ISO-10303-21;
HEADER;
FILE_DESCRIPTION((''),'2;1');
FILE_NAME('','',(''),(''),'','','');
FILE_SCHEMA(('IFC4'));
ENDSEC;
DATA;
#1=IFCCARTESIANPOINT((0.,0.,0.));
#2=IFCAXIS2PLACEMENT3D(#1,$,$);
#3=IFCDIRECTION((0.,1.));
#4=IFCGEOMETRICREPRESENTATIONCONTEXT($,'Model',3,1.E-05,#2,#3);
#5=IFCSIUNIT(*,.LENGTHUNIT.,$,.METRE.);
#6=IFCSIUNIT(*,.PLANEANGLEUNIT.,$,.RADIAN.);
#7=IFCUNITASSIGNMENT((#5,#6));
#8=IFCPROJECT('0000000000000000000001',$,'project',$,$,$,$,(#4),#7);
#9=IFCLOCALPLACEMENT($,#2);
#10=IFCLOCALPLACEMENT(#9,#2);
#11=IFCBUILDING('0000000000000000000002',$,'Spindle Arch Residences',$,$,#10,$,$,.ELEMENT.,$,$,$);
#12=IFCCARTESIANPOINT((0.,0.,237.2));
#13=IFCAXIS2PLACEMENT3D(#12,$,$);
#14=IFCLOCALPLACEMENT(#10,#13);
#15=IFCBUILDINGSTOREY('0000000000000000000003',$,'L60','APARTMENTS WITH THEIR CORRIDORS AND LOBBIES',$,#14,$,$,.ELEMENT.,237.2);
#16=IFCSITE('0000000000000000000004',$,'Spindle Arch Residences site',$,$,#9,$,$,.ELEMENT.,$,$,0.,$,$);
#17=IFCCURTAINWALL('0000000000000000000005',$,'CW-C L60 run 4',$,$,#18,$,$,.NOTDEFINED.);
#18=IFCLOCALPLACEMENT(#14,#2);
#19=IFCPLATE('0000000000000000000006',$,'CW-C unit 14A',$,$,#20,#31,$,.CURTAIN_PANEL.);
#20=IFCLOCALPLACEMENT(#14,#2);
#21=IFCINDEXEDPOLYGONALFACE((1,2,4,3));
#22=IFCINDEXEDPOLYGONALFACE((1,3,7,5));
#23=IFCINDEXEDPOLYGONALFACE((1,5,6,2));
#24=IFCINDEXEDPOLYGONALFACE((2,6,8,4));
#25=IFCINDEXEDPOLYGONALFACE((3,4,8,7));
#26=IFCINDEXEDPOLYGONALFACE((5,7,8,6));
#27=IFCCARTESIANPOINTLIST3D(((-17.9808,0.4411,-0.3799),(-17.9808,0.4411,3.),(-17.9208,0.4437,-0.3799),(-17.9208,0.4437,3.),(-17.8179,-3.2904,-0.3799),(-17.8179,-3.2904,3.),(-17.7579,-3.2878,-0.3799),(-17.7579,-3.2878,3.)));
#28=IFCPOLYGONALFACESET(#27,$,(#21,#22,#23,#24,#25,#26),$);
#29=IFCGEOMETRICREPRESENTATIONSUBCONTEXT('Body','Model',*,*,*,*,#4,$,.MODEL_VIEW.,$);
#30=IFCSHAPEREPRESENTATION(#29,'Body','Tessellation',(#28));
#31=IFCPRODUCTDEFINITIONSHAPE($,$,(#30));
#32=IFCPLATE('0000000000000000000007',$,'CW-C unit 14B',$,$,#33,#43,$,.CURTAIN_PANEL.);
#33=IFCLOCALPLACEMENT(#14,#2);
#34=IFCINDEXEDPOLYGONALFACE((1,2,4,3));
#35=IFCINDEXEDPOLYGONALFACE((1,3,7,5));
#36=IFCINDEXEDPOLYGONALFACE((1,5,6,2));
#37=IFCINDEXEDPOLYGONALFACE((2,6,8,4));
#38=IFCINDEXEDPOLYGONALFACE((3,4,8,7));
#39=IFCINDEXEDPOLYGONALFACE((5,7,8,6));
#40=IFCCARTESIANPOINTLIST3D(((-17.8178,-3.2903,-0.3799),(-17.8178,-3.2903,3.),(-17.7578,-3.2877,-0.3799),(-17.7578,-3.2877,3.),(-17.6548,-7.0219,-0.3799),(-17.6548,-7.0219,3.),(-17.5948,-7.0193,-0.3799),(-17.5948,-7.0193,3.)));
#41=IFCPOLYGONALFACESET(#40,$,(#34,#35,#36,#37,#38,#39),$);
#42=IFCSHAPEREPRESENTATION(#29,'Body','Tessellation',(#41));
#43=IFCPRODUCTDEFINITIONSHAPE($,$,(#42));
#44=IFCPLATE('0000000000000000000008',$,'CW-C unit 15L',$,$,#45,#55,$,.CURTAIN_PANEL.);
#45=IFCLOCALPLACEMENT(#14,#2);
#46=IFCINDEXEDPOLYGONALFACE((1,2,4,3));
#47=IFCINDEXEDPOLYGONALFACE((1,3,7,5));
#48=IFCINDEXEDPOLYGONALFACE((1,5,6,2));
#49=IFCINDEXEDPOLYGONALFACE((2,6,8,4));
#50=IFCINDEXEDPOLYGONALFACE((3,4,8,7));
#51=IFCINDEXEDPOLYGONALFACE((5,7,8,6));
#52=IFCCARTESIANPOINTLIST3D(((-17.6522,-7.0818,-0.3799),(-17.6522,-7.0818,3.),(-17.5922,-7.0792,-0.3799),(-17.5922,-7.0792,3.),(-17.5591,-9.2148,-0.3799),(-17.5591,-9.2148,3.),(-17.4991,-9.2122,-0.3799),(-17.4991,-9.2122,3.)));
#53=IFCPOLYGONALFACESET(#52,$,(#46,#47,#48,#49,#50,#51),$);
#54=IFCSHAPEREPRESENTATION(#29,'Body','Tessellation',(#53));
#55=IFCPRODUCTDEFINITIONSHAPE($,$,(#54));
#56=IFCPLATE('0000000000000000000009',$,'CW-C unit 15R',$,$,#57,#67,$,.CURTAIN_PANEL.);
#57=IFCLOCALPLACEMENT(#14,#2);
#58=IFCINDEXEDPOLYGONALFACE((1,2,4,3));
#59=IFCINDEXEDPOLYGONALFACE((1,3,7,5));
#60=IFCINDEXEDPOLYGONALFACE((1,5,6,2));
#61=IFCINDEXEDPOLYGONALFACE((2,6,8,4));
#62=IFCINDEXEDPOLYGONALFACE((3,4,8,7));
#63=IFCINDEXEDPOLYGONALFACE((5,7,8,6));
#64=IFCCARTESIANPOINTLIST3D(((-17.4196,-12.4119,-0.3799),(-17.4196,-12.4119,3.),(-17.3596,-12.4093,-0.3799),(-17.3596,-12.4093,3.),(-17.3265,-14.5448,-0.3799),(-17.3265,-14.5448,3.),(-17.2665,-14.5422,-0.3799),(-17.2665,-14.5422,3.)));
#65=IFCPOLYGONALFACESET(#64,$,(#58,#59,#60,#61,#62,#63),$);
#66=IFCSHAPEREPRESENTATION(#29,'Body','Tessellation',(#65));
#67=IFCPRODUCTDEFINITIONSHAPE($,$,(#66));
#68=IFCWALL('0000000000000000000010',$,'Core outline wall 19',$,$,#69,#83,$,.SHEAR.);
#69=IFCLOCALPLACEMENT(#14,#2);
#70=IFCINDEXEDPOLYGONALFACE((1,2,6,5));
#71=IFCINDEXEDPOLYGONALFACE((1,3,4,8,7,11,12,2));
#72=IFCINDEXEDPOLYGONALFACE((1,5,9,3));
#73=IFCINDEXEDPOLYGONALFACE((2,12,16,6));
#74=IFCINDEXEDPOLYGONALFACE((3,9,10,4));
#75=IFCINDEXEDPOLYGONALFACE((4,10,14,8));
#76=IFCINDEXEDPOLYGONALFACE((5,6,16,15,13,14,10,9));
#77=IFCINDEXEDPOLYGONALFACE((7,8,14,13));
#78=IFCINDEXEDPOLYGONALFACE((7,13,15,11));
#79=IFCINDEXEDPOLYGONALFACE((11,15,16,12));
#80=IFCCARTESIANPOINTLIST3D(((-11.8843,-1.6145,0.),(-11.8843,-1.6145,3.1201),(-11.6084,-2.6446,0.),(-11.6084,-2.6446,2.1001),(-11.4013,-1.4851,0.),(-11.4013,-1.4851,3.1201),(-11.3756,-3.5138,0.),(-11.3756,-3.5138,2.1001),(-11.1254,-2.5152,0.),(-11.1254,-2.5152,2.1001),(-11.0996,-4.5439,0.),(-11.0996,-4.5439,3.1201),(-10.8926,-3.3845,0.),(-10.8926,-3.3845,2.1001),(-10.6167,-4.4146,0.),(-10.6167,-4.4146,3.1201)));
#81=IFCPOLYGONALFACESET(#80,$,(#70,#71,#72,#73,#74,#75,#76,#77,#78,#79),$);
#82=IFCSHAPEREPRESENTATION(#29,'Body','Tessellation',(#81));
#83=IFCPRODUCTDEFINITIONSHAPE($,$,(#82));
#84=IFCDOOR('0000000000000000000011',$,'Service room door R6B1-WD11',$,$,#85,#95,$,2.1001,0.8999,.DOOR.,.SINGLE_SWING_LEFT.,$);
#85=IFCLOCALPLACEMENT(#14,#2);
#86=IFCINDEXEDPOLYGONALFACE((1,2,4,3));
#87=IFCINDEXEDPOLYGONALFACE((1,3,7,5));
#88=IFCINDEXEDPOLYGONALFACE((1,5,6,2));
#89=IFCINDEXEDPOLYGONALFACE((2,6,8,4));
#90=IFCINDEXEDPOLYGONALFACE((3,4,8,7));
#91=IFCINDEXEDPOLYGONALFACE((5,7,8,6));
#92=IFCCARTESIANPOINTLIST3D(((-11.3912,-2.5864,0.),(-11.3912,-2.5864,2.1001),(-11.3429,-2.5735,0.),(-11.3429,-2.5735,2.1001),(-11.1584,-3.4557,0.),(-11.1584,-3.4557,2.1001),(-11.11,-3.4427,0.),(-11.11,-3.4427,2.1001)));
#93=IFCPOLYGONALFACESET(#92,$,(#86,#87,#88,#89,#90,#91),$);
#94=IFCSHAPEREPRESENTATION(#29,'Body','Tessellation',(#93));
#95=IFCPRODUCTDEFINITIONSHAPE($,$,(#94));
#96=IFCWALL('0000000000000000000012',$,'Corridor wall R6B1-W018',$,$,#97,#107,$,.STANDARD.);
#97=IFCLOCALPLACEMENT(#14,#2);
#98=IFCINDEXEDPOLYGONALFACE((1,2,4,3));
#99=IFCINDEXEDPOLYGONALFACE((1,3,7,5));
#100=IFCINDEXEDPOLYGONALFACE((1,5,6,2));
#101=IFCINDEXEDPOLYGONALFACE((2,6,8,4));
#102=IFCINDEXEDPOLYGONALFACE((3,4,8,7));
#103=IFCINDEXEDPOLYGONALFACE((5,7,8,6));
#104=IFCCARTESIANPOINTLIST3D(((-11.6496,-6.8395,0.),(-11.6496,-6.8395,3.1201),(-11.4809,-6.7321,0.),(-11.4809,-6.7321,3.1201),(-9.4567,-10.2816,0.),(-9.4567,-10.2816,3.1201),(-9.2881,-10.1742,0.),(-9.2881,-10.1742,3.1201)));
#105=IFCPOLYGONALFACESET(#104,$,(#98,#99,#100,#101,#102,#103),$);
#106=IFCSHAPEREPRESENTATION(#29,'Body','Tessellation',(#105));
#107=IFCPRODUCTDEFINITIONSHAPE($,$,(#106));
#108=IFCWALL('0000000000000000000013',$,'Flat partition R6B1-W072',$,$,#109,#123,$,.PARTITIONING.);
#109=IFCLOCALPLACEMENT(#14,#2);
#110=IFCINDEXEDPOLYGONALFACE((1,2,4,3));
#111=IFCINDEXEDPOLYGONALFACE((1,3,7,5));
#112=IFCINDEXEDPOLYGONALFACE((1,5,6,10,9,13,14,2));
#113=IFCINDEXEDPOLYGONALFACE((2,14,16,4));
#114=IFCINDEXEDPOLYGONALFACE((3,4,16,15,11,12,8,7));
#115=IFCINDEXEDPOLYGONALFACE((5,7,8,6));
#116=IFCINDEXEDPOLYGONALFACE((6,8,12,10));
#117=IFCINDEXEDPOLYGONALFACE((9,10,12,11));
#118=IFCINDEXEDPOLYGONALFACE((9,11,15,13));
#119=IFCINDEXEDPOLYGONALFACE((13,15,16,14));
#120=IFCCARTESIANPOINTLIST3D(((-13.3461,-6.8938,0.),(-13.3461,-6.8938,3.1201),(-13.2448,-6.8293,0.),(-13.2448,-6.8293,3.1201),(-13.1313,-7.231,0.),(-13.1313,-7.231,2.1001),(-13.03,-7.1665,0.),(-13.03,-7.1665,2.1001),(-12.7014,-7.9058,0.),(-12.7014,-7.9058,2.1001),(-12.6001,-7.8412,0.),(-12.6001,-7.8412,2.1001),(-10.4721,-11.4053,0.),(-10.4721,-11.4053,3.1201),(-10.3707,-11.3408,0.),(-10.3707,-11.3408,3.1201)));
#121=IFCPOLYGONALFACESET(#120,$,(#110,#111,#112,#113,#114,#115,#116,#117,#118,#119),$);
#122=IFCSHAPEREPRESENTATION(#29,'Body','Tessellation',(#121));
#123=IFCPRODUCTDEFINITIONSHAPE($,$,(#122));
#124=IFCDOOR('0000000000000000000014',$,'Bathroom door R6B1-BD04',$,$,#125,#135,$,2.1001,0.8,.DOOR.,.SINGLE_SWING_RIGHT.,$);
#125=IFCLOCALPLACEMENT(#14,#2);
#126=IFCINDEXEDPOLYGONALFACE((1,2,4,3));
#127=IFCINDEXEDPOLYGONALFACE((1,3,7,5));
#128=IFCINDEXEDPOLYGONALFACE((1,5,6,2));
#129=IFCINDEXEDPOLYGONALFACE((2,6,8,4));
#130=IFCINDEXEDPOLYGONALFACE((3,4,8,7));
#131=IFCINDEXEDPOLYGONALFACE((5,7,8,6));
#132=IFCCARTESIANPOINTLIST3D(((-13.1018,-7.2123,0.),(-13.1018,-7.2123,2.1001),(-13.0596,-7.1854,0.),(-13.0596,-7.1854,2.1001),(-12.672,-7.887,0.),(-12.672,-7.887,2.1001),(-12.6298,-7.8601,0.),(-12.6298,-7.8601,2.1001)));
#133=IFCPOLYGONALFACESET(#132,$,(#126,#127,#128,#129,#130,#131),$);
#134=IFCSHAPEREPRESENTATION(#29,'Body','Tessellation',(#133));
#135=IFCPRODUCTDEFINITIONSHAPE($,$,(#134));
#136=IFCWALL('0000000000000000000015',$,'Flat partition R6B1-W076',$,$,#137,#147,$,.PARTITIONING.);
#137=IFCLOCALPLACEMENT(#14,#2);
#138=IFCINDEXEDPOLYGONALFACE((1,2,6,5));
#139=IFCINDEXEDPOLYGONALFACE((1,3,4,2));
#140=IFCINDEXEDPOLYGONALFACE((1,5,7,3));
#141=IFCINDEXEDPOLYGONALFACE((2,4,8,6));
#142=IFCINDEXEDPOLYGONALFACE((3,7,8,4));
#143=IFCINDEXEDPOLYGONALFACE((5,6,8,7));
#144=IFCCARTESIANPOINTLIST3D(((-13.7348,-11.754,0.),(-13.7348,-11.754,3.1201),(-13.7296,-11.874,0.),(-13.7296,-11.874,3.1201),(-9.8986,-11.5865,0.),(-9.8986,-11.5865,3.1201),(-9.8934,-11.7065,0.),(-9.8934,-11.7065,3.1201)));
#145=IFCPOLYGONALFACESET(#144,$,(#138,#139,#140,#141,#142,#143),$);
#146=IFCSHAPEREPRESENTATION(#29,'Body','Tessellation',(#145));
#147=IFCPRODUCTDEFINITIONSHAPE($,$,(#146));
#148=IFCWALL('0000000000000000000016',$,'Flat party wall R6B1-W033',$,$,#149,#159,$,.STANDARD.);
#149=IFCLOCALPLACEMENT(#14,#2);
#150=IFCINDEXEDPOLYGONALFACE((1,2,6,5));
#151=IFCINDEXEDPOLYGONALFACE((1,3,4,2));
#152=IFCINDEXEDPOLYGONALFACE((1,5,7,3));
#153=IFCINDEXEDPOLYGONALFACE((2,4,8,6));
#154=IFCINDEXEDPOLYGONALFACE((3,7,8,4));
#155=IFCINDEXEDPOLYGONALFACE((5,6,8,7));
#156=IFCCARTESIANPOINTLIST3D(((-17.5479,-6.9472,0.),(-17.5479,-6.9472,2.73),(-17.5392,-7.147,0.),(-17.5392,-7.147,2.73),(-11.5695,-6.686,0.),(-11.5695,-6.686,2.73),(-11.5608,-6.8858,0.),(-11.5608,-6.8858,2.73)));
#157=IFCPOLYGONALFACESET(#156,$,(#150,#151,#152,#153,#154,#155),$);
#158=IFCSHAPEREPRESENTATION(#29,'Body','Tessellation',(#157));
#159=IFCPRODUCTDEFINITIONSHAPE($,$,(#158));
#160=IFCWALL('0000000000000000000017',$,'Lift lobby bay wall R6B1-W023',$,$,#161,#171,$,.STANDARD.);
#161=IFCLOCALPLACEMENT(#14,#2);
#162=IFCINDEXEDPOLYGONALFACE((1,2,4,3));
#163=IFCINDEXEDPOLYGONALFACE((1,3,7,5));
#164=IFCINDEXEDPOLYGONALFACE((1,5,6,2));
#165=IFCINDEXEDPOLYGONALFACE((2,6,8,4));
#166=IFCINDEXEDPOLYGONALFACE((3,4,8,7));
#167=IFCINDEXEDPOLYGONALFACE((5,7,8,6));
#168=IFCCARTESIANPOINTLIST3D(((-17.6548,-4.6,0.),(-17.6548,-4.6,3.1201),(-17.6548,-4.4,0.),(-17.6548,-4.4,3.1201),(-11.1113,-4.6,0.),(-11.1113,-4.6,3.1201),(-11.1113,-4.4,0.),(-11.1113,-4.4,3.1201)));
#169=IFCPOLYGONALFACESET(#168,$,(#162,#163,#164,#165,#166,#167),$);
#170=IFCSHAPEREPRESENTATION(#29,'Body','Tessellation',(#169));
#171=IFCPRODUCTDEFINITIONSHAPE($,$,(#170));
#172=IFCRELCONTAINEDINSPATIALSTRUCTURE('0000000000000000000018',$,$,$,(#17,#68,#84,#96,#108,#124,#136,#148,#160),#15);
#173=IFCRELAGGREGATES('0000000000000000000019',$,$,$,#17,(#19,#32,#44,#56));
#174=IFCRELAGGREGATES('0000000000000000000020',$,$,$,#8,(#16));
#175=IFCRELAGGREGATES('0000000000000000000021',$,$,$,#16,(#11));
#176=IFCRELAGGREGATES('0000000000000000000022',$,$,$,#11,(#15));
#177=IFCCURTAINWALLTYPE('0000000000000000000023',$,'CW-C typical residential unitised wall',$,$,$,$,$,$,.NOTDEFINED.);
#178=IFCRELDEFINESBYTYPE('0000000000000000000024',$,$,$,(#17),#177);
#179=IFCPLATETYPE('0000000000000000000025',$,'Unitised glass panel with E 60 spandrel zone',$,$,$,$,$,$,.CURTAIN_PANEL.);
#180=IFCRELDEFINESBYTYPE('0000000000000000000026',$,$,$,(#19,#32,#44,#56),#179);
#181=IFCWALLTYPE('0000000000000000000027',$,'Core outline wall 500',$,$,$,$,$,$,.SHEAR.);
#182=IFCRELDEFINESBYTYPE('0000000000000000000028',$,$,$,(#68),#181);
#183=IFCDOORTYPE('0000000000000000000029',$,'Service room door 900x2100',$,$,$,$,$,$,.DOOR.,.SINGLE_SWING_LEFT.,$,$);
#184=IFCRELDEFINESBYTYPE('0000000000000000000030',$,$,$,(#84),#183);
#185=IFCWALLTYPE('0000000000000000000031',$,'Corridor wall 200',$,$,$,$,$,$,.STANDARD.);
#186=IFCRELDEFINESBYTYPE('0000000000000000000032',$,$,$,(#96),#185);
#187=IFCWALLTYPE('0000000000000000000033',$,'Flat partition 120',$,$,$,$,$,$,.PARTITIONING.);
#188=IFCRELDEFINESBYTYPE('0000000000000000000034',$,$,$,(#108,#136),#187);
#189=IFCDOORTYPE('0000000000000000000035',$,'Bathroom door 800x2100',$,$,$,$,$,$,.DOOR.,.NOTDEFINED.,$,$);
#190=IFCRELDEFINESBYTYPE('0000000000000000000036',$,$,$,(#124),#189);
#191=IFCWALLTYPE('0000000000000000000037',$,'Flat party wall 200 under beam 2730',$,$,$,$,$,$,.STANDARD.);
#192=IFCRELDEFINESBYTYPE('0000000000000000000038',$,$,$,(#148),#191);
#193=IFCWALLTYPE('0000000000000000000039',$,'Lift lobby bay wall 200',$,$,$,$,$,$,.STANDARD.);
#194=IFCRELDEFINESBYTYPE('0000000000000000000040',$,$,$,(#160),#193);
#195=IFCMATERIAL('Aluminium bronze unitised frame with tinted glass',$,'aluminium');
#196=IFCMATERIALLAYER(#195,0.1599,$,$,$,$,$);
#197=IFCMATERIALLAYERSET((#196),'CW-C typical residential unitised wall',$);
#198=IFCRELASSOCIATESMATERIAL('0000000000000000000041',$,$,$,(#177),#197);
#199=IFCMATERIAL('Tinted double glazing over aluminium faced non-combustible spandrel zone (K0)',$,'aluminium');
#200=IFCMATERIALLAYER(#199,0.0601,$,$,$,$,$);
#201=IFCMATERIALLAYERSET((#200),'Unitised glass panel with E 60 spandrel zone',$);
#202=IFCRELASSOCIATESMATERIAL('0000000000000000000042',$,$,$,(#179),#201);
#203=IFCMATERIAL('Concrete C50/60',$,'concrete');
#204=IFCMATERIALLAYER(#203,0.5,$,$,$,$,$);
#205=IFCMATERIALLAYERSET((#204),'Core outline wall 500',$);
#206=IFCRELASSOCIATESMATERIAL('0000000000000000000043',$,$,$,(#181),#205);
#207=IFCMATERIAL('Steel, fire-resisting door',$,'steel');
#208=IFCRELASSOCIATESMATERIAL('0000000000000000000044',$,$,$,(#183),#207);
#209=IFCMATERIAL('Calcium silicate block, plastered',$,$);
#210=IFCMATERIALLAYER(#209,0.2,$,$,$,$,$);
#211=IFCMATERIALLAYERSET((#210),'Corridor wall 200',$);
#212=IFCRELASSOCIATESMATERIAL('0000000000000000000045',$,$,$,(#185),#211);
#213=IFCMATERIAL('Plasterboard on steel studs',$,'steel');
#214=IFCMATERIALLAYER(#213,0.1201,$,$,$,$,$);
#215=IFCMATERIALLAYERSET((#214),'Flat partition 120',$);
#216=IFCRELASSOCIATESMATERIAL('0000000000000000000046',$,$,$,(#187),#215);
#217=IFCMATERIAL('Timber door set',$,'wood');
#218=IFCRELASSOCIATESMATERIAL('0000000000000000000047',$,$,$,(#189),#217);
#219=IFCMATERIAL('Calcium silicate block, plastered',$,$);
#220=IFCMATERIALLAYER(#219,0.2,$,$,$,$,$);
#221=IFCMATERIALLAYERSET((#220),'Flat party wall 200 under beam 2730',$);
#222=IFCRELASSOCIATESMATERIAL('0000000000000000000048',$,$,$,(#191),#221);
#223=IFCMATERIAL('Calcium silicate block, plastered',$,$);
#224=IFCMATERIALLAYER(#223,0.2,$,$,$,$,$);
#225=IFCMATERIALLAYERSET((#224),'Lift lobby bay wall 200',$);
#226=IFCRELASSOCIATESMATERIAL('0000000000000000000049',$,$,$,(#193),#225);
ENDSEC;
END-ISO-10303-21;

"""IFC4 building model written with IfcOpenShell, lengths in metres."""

from ifc_helpers import new_model, si_unit, direction, frame, frame_2d, origin, origin_2d, place, context, subcontext, project, spatial, rectangle, extrude, material, layer, layer_set, type_object, element, fill, aggregate, save


model = new_model("IFC4")

# Units and contexts
model_context = context("Model", 3, precision=1e-05, world=origin(), true_north=direction((0.0, 1.0)))
body_context = subcontext(model_context, "Body", "Model", "MODEL_VIEW")
ifc_project = project(units=[si_unit("LENGTHUNIT", "METRE"), si_unit("PLANEANGLEUNIT", "RADIAN")], contexts=[model_context])

# Site, building, storey
site_placement = place(None, origin())
site = spatial("IfcSite", under=ifc_project, at=site_placement, Name="Spindle Arch Residences site", CompositionType="ELEMENT", RefElevation=0.0)
building_placement = place(site_placement, origin())
building = spatial("IfcBuilding", under=site, at=building_placement, Name="Spindle Arch Residences", CompositionType="ELEMENT")
storey_placement = place(building_placement, frame((0.0, 0.0, 237.2)))
storey = spatial("IfcBuildingStorey", under=building, at=storey_placement, Name="L60", Description="APARTMENTS WITH THEIR CORRIDORS AND LOBBIES", CompositionType="ELEMENT", Elevation=237.2)

# Curtain wall
ifc_material_1 = material(Name="Aluminium bronze unitised frame with tinted glass", Category="aluminium")
ifc_layer_1 = layer(ifc_material_1, 0.1599)
ifc_layer_set_1 = layer_set([ifc_layer_1], Name="CW-C typical residential unitised wall")
curtain_wall_type_1 = type_object("IfcCurtainWallType", Name="CW-C typical residential unitised wall", PredefinedType="NOTDEFINED", material=ifc_layer_set_1)
curtain_wall_1_placement = place(storey_placement, origin())
curtain_wall_1 = element("IfcCurtainWall", 1, at=curtain_wall_1_placement, inside=storey, type_object=curtain_wall_type_1, Name="CW-C L60 run 4", PredefinedType="NOTDEFINED")

# Plates
ifc_material_2 = material(Name="Tinted double glazing over aluminium faced non-combustible spandrel zone (K0)", Category="aluminium")
ifc_layer_2 = layer(ifc_material_2, 0.0601)
ifc_layer_set_2 = layer_set([ifc_layer_2], Name="Unitised glass panel with E 60 spandrel zone")
plate_type = type_object("IfcPlateType", Name="Unitised glass panel with E 60 spandrel zone", PredefinedType="CURTAIN_PANEL", material=ifc_layer_set_2)
plate_1_placement = place(storey_placement, frame((-17.8694, -1.4233, -0.3799), z_axis=(0.0, 0.0, 1.0), x_axis=(0.043619, -0.999048, 0.0)))
plate_1 = element("IfcPlate", 2, at=plate_1_placement, type_object=plate_type, Name="CW-C unit 14A", PredefinedType="CURTAIN_PANEL", context=body_context, shape_type="SweptSolid", body=[
    extrude(rectangle(XDim=3.7351, YDim=0.0601, at=origin_2d()), origin(), (0.0, 0.0, 1.0), 3.3799),
])
plate_2_placement = place(storey_placement, frame((-17.7063, -5.1548, -0.3799), z_axis=(0.0, 0.0, 1.0), x_axis=(0.043619, -0.999048, 0.0)))
plate_2 = element("IfcPlate", 3, at=plate_2_placement, type_object=plate_type, Name="CW-C unit 14B", PredefinedType="CURTAIN_PANEL", context=body_context, shape_type="SweptSolid", body=[
    extrude(rectangle(XDim=3.7351, YDim=0.0601, at=origin_2d()), origin(), (0.0, 0.0, 1.0), 3.3799),
])
plate_3_placement = place(storey_placement, frame((-17.5757, -8.147, -0.3799), z_axis=(0.0, 0.0, 1.0), x_axis=(0.043619, -0.999048, 0.0)))
plate_3 = element("IfcPlate", 4, at=plate_3_placement, type_object=plate_type, Name="CW-C unit 15L", PredefinedType="CURTAIN_PANEL", context=body_context, shape_type="SweptSolid", body=[
    extrude(rectangle(XDim=2.135, YDim=0.0601, at=origin_2d()), origin(), (0.0, 0.0, 1.0), 3.3799),
])
plate_4_placement = place(storey_placement, frame((-17.343, -13.4771, -0.3799), z_axis=(0.0, 0.0, 1.0), x_axis=(0.043619, -0.999048, 0.0)))
plate_4 = element("IfcPlate", 5, at=plate_4_placement, type_object=plate_type, Name="CW-C unit 15R", PredefinedType="CURTAIN_PANEL", context=body_context, shape_type="SweptSolid", body=[
    extrude(rectangle(XDim=2.135, YDim=0.0601, at=origin_2d()), origin(), (0.0, 0.0, 1.0), 3.3799),
])
aggregate(curtain_wall_1, [plate_1, plate_2, plate_3, plate_4])

# Wall, opening, door
ifc_material_3 = material(Name="Concrete C50/60", Category="concrete")
ifc_layer_3 = layer(ifc_material_3, 0.5)
ifc_layer_set_3 = layer_set([ifc_layer_3], Name="Core outline wall 500")
wall_type_1 = type_object("IfcWallType", Name="Core outline wall 500", PredefinedType="SHEAR", material=ifc_layer_set_3)
wall_1_placement = place(storey_placement, frame((-11.6428, -1.5498, 0.0), z_axis=(0.0, 0.0, 1.0), x_axis=(0.258735, -0.965948, 0.0)))
wall_1 = element("IfcWall", 6, at=wall_1_placement, inside=storey, type_object=wall_type_1, Name="Core outline wall 19", PredefinedType="SHEAR", context=body_context, shape_type="SweptSolid", body=[
    extrude(rectangle(XDim=3.0327, YDim=0.5, at=frame_2d((1.5164, 0.0))), origin(), (0.0, 0.0, 1.0), 3.1201),
])
opening_1_placement = place(wall_1_placement, frame((1.0664, 0.0, 0.0)))
opening_1 = element("IfcOpeningElement", 7, at=opening_1_placement, cuts=wall_1, PredefinedType="OPENING", context=body_context, shape_type="SweptSolid", body=[
    extrude(rectangle(XDim=0.8999, YDim=2.1001, at=frame_2d((0.45, 1.05))), frame((0.0, 0.26, 0.0), z_axis=(0.0, -1.0, 0.0), x_axis=(1.0, 0.0, 0.0)), (0.0, 0.0, 1.0), 0.52),
])
ifc_material_4 = material(Name="Steel, fire-resisting door", Category="steel")
door_type_1 = type_object("IfcDoorType", Name="Service room door 900x2100", OperationType="SINGLE_SWING_LEFT", PredefinedType="DOOR", material=ifc_material_4)
door_1_placement = place(opening_1_placement, origin())
door_1 = element("IfcDoor", 8, at=door_1_placement, inside=storey, type_object=door_type_1, Name="Service room door R6B1-WD11", OperationType="SINGLE_SWING_LEFT", OverallHeight=2.1001, OverallWidth=0.8999, PredefinedType="DOOR", context=body_context, shape_type="SweptSolid", body=[
    extrude(rectangle(XDim=0.8999, YDim=2.1001, at=frame_2d((0.45, 1.05))), frame((0.0, 0.0249, 0.0), z_axis=(0.0, -1.0, 0.0), x_axis=(1.0, 0.0, 0.0)), (0.0, 0.0, 1.0), 0.05),
])
fill(opening_1, door_1)

# Wall
ifc_material_5 = material(Name="Calcium silicate block, plastered")
ifc_layer_4 = layer(ifc_material_5, 0.2)
ifc_layer_set_4 = layer_set([ifc_layer_4], Name="Corridor wall 200")
wall_type_2 = type_object("IfcWallType", Name="Corridor wall 200", PredefinedType="STANDARD", material=ifc_layer_set_4)
wall_2_placement = place(storey_placement, frame((-11.5652, -6.7859, 0.0), z_axis=(0.0, 0.0, 1.0), x_axis=(0.537297, -0.843393, 0.0)))
element("IfcWall", 9, at=wall_2_placement, inside=storey, type_object=wall_type_2, Name="Corridor wall R6B1-W018", PredefinedType="STANDARD", context=body_context, shape_type="SweptSolid", body=[
    extrude(rectangle(XDim=4.0813, YDim=0.2, at=frame_2d((2.0405, 0.0))), origin(), (0.0, 0.0, 1.0), 3.1201),
])

# Wall, opening, door
ifc_material_6 = material(Name="Plasterboard on steel studs", Category="steel")
ifc_layer_5 = layer(ifc_material_6, 0.1201)
ifc_layer_set_5 = layer_set([ifc_layer_5], Name="Flat partition 120")
wall_type_3 = type_object("IfcWallType", Name="Flat partition 120", PredefinedType="PARTITIONING", material=ifc_layer_set_5)
wall_3_placement = place(storey_placement, frame((-13.2954, -6.8616, 0.0), z_axis=(0.0, 0.0, 1.0), x_axis=(0.537286, -0.8434, 0.0)))
wall_3 = element("IfcWall", 10, at=wall_3_placement, inside=storey, type_object=wall_type_3, Name="Flat partition R6B1-W072", PredefinedType="PARTITIONING", context=body_context, shape_type="SweptSolid", body=[
    extrude(rectangle(XDim=5.3491, YDim=0.1201, at=frame_2d((2.6746, 0.0))), origin(), (0.0, 0.0, 1.0), 3.1201),
])
opening_2_placement = place(wall_3_placement, frame((0.3999, 0.0, 0.0)))
opening_2 = element("IfcOpeningElement", 11, at=opening_2_placement, cuts=wall_3, PredefinedType="OPENING", context=body_context, shape_type="SweptSolid", body=[
    extrude(rectangle(XDim=0.8, YDim=2.1001, at=frame_2d((0.3999, 1.05))), frame((0.0, 0.0701, 0.0), z_axis=(0.0, -1.0, 0.0), x_axis=(1.0, 0.0, 0.0)), (0.0, 0.0, 1.0), 0.1401),
])
ifc_material_7 = material(Name="Timber door set", Category="wood")
door_type_2 = type_object("IfcDoorType", Name="Bathroom door 800x2100", OperationType="NOTDEFINED", PredefinedType="DOOR", material=ifc_material_7)
door_2_placement = place(opening_2_placement, origin())
door_2 = element("IfcDoor", 12, at=door_2_placement, inside=storey, type_object=door_type_2, Name="Bathroom door R6B1-BD04", OperationType="SINGLE_SWING_RIGHT", OverallHeight=2.1001, OverallWidth=0.8, PredefinedType="DOOR", context=body_context, shape_type="SweptSolid", body=[
    extrude(rectangle(XDim=0.8, YDim=2.1001, at=frame_2d((0.3999, 1.05))), frame((0.0, 0.0249, 0.0), z_axis=(0.0, -1.0, 0.0), x_axis=(1.0, 0.0, 0.0)), (0.0, 0.0, 1.0), 0.05),
])
fill(opening_2, door_2)

# Walls
wall_4_placement = place(storey_placement, frame((-13.7322, -11.814, 0.0), z_axis=(0.0, 0.0, 1.0), x_axis=(0.999048, 0.043617, 0.0)))
element("IfcWall", 13, at=wall_4_placement, inside=storey, type_object=wall_type_3, Name="Flat partition R6B1-W076", PredefinedType="PARTITIONING", context=body_context, shape_type="SweptSolid", body=[
    extrude(rectangle(XDim=3.8398, YDim=0.1201, at=frame_2d((1.9199, 0.0))), origin(), (0.0, 0.0, 1.0), 3.1201),
])
ifc_material_8 = material(Name="Calcium silicate block, plastered")
ifc_layer_6 = layer(ifc_material_8, 0.2)
ifc_layer_set_6 = layer_set([ifc_layer_6], Name="Flat party wall 200 under beam 2730")
wall_type_4 = type_object("IfcWallType", Name="Flat party wall 200 under beam 2730", PredefinedType="STANDARD", material=ifc_layer_set_6)
wall_5_placement = place(storey_placement, frame((-17.5437, -7.0471, 0.0), z_axis=(0.0, 0.0, 1.0), x_axis=(0.999047, 0.043653, 0.0)))
element("IfcWall", 14, at=wall_5_placement, inside=storey, type_object=wall_type_4, Name="Flat party wall R6B1-W033", PredefinedType="STANDARD", context=body_context, shape_type="SweptSolid", body=[
    extrude(rectangle(XDim=5.9841, YDim=0.2, at=frame_2d((2.9922, 0.0))), origin(), (0.0, 0.0, 1.0), 2.73),
])

# Wall
ifc_material_9 = material(Name="Calcium silicate block, plastered")
ifc_layer_7 = layer(ifc_material_9, 0.2)
ifc_layer_set_7 = layer_set([ifc_layer_7], Name="Lift lobby bay wall 200")
wall_type_5 = type_object("IfcWallType", Name="Lift lobby bay wall 200", PredefinedType="STANDARD", material=ifc_layer_set_7)
wall_6_placement = place(storey_placement, frame((-17.6548, -4.5, 0.0), z_axis=(0.0, 0.0, 1.0), x_axis=(1.0, 0.0, 0.0)))
element("IfcWall", 15, at=wall_6_placement, inside=storey, type_object=wall_type_5, Name="Lift lobby bay wall R6B1-W023", PredefinedType="STANDARD", context=body_context, shape_type="SweptSolid", body=[
    extrude(rectangle(XDim=6.5435, YDim=0.2, at=frame_2d((3.2717, 0.0))), origin(), (0.0, 0.0, 1.0), 3.1201),
])

save(model, "model.ifc")
